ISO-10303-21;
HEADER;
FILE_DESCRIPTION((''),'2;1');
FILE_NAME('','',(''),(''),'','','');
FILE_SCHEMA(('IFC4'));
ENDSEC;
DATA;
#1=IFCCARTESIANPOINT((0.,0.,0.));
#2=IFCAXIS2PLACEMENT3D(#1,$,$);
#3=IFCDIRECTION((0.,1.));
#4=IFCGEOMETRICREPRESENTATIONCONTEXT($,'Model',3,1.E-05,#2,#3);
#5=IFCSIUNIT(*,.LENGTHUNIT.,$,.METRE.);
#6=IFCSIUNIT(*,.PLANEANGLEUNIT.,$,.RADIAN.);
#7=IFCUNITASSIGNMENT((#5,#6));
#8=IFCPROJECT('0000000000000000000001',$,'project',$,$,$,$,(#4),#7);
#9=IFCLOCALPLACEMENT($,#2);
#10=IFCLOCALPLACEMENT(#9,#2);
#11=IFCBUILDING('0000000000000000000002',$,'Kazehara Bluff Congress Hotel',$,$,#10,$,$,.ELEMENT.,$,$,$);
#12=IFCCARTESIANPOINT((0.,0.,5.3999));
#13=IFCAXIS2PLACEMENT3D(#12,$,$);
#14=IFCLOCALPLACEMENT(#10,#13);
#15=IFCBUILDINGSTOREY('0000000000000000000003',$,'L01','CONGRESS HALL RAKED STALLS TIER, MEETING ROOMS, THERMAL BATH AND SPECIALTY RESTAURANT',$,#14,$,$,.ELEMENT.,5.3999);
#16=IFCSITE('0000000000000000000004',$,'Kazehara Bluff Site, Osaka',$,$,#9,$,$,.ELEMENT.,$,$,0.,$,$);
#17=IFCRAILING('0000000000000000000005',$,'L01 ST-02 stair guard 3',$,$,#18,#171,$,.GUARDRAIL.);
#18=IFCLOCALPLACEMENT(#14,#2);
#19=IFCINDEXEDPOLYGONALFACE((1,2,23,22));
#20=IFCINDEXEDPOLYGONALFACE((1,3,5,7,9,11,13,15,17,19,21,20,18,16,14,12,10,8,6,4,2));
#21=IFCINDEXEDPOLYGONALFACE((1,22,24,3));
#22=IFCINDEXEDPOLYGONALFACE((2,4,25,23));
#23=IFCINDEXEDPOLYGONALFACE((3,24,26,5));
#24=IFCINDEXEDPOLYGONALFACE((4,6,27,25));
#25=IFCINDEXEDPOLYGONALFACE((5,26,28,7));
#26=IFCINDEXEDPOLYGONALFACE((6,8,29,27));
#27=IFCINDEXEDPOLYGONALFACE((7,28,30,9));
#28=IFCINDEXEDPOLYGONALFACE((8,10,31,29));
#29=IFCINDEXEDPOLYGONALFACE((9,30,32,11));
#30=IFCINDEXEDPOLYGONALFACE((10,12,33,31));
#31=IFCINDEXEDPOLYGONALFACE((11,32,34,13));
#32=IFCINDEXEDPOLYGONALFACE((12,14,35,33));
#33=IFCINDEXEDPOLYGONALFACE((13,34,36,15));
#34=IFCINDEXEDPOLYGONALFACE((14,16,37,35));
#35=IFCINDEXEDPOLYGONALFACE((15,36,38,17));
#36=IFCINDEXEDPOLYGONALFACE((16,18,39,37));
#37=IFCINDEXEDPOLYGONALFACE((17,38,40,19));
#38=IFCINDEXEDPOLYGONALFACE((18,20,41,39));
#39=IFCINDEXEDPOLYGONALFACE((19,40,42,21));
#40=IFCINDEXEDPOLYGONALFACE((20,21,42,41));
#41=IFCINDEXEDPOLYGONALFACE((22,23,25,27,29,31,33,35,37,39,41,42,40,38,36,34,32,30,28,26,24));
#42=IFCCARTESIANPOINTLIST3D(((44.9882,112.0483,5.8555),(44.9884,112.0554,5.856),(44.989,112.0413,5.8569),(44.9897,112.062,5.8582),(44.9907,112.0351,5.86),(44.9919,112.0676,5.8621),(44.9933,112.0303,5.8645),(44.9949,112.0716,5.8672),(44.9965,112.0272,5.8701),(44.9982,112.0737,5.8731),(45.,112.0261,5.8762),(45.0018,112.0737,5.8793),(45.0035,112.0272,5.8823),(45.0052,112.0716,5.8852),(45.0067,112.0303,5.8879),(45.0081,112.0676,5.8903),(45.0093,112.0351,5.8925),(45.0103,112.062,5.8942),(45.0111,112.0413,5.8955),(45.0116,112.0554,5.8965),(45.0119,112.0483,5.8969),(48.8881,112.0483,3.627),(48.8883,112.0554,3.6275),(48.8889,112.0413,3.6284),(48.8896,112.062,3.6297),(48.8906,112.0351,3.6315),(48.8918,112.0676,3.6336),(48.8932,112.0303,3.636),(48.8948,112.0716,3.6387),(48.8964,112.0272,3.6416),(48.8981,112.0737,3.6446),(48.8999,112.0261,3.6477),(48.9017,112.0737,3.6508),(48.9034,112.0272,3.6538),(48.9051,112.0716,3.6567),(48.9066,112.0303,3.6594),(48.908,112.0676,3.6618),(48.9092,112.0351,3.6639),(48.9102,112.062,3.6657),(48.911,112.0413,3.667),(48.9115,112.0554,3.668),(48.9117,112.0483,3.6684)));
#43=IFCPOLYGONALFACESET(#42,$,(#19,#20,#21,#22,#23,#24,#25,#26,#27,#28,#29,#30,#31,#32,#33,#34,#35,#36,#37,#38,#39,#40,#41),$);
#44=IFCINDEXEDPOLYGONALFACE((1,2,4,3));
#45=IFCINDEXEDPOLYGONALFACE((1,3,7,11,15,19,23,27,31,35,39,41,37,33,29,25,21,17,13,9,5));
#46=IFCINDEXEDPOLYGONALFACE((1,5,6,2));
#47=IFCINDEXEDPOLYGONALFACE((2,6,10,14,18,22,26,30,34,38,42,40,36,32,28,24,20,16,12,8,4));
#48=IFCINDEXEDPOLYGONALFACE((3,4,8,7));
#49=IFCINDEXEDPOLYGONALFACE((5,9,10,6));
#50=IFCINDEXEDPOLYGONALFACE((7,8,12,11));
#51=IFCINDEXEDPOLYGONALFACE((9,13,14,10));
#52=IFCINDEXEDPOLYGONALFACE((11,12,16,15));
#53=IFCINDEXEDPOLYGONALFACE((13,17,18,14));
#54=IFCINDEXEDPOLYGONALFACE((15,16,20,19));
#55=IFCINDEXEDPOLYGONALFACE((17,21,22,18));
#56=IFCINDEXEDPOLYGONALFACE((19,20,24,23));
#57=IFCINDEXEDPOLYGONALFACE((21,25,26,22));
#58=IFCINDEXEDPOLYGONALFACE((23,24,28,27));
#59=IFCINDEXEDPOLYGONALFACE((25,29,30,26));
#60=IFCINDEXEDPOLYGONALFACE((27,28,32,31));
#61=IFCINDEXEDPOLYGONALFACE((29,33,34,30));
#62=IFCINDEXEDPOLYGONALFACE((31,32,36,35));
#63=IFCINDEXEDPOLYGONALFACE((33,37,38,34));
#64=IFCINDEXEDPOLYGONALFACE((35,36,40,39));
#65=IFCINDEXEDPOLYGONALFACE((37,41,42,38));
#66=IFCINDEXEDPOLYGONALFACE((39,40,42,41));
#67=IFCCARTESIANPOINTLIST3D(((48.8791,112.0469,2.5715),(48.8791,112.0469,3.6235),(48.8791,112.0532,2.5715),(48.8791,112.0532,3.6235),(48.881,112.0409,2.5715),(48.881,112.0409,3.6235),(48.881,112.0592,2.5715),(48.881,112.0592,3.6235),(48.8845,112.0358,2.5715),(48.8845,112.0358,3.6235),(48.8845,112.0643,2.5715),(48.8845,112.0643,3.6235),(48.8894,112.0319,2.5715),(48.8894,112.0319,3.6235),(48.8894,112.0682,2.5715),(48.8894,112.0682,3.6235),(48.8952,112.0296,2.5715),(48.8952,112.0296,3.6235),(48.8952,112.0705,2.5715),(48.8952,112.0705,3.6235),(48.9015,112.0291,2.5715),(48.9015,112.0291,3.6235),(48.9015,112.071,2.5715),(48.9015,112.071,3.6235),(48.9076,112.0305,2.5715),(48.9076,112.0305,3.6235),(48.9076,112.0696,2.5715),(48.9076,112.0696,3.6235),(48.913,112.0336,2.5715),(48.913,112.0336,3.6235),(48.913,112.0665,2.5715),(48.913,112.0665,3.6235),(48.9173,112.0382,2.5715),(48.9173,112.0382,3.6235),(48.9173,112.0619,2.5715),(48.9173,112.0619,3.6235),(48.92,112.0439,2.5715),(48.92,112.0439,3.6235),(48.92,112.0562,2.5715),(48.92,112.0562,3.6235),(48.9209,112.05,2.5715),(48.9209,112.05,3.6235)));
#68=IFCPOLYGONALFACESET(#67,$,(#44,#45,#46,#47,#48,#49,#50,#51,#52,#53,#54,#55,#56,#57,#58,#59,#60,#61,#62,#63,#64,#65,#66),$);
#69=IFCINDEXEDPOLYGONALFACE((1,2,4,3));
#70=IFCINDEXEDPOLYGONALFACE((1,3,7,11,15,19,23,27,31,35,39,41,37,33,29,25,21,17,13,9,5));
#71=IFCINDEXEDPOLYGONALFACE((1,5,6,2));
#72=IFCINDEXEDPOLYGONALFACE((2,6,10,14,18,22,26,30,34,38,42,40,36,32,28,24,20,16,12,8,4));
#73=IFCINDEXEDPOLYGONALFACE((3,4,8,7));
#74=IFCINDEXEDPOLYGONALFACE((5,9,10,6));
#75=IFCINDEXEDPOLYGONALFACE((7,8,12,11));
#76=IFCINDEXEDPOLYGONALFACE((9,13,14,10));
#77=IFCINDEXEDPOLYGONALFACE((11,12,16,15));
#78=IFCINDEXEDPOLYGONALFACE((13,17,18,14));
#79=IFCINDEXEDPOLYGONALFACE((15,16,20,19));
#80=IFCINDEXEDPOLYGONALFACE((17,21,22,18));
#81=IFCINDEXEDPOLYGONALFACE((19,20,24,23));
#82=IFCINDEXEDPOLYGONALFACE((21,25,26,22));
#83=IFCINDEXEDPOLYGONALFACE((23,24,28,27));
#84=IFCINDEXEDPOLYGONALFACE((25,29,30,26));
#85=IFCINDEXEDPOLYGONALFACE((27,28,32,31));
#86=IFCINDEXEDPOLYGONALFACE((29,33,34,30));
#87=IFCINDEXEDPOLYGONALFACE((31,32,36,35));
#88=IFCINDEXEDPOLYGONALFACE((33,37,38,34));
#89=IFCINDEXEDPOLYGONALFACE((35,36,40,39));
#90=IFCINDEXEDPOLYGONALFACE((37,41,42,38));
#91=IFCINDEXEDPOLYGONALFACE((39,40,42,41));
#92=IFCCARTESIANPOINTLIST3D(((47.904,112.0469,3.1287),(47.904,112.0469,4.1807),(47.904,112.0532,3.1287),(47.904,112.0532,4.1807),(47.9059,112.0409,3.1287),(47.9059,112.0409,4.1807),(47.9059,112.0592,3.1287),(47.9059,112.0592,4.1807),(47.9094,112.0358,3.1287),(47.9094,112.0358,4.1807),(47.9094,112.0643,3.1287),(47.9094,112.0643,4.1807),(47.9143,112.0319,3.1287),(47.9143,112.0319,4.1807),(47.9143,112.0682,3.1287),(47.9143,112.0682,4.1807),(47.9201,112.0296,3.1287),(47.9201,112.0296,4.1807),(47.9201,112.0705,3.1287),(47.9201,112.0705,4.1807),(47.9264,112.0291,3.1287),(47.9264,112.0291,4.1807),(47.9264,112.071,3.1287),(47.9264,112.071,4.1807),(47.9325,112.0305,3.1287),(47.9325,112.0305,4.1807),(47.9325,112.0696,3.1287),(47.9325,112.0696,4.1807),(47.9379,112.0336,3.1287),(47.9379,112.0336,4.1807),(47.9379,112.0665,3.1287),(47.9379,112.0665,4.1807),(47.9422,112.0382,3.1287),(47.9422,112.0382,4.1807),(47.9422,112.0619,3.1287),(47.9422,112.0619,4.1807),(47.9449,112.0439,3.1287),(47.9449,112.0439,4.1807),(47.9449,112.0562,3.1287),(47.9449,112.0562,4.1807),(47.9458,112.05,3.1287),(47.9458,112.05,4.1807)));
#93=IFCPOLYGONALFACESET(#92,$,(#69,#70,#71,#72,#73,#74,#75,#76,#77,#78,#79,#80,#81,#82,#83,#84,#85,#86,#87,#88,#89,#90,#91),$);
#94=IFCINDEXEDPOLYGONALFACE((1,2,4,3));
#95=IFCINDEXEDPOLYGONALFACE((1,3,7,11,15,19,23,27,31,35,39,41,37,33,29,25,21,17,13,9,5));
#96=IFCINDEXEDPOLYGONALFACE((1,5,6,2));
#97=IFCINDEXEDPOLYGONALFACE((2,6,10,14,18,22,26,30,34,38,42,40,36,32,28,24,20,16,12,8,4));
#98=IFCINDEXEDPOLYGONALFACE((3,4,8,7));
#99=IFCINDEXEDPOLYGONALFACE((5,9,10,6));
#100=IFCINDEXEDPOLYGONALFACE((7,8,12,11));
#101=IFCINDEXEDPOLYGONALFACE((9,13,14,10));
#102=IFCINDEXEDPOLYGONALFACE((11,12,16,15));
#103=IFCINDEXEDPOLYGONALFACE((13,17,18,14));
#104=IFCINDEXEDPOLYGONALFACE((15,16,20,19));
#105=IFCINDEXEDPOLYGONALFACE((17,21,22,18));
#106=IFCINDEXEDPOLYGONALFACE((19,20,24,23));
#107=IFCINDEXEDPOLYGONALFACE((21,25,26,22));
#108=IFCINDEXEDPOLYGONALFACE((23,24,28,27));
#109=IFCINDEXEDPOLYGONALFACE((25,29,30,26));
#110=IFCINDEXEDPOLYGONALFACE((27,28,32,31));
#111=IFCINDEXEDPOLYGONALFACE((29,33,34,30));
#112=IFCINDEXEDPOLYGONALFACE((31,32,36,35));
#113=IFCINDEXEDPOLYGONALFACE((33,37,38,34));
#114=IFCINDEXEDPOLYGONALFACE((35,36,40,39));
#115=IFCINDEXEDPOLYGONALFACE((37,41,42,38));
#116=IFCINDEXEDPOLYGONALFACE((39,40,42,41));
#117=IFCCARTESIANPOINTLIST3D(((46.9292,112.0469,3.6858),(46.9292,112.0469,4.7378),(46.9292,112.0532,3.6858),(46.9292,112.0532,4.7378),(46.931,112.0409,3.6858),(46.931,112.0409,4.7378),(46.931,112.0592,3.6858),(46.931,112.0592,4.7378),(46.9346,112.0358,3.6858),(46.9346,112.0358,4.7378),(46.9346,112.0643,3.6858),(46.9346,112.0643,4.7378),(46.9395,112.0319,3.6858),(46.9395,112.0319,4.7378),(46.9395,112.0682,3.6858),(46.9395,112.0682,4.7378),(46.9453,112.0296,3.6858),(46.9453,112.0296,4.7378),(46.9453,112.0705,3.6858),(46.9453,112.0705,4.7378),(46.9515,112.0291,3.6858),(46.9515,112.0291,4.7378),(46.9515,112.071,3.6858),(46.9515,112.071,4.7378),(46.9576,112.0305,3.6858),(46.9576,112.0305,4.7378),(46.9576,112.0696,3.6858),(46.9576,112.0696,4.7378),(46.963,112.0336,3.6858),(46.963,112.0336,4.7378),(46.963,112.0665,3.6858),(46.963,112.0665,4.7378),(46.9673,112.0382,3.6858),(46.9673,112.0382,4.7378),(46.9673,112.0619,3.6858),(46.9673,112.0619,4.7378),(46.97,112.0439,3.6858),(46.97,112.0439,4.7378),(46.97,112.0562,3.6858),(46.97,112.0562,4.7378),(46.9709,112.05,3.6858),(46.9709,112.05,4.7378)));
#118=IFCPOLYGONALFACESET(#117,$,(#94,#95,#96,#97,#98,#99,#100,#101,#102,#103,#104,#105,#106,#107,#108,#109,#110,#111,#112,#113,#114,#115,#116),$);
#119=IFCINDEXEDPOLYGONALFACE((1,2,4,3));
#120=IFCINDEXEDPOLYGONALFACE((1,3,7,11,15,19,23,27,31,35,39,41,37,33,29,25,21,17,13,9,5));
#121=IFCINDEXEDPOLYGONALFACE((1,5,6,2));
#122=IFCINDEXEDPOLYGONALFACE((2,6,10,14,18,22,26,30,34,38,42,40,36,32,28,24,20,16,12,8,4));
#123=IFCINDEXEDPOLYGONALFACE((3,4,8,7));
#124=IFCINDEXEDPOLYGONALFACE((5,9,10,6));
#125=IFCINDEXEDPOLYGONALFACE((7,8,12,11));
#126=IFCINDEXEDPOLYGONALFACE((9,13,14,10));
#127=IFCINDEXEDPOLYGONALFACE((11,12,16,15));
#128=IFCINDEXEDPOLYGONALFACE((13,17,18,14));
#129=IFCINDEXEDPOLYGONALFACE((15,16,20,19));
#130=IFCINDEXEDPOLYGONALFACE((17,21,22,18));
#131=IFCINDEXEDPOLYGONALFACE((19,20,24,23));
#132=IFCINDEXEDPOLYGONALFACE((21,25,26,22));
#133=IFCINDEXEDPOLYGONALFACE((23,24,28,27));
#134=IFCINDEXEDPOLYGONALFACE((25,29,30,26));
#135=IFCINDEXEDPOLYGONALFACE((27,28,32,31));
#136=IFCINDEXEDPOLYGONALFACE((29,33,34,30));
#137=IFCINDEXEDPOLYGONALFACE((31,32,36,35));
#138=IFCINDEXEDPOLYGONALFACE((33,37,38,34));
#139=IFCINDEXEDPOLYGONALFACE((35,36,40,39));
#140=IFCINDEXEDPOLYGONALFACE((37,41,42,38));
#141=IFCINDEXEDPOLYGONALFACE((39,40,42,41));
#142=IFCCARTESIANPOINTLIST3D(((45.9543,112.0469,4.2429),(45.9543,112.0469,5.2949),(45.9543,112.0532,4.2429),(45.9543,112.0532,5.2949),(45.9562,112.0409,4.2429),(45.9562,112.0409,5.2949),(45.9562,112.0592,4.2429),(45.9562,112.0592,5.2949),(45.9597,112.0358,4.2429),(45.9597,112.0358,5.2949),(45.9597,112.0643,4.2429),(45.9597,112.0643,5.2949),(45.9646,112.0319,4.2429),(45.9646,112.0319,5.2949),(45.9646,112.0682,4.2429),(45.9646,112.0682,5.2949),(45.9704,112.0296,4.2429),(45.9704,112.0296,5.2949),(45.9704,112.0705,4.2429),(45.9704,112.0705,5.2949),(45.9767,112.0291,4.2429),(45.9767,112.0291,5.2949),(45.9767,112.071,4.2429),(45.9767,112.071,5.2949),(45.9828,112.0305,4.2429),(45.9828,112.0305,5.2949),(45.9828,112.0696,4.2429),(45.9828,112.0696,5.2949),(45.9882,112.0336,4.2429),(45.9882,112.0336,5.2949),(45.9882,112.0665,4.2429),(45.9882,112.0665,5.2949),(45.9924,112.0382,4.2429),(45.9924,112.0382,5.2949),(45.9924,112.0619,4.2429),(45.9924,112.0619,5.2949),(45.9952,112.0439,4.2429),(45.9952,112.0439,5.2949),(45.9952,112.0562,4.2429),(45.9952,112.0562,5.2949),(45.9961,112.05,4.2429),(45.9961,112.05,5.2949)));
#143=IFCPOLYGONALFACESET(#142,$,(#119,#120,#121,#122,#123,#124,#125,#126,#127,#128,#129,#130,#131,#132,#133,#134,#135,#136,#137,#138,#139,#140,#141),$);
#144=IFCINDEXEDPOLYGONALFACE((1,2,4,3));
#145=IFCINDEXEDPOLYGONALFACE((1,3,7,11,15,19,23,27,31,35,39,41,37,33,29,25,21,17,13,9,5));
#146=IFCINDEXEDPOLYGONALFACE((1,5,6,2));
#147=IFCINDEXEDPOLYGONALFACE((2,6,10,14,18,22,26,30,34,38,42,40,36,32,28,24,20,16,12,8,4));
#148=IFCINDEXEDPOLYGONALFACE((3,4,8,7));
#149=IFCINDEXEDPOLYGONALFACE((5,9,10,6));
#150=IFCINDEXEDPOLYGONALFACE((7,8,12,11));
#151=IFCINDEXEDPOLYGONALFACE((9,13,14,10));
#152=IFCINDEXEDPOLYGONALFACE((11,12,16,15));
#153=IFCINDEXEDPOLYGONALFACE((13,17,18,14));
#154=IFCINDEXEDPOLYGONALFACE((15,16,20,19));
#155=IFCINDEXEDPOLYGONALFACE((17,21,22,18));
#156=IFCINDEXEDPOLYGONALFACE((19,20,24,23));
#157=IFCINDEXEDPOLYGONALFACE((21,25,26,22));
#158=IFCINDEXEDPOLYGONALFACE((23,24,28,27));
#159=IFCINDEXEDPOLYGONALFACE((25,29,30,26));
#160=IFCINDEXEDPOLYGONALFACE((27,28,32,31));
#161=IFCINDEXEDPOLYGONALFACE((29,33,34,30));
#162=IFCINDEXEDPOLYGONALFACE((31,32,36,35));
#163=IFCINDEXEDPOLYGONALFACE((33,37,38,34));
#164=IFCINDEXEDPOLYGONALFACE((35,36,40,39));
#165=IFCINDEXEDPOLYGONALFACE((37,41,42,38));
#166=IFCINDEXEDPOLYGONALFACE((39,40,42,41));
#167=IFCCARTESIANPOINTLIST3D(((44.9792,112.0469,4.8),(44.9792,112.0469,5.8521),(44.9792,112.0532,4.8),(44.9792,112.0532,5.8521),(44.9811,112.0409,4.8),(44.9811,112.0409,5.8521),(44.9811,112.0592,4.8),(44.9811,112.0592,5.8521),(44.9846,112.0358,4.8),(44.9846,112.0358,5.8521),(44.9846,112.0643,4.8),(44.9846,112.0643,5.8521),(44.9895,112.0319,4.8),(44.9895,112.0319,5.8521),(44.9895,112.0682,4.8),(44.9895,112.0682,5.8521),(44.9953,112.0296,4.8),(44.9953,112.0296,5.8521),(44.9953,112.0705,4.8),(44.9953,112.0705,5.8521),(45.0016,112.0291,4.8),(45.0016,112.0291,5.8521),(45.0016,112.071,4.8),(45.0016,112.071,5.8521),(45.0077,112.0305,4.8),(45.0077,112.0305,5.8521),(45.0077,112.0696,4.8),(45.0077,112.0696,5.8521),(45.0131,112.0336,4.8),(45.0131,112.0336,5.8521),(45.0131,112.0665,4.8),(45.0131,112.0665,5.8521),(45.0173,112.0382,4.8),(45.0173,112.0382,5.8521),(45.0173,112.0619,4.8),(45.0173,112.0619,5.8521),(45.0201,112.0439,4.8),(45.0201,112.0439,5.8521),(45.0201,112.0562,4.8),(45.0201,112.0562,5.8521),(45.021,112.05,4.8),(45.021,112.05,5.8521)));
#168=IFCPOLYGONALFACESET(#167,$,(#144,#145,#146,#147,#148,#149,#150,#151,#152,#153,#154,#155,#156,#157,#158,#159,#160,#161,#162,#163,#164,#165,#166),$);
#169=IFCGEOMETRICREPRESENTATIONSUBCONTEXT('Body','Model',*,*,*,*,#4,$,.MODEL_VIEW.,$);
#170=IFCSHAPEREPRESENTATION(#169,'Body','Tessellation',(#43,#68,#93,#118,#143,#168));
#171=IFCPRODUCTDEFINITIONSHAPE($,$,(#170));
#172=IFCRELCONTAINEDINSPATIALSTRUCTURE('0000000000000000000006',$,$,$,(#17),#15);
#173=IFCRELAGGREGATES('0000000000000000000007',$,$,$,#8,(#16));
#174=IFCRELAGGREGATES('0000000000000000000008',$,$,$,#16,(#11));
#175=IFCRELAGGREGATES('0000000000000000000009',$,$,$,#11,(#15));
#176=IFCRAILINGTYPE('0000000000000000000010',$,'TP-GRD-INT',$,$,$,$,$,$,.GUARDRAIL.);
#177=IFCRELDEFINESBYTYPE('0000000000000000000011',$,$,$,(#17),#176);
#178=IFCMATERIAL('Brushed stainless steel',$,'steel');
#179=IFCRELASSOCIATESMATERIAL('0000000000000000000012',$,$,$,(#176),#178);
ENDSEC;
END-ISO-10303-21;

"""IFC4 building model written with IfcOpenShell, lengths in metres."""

from ifc_helpers import new_model, si_unit, direction, frame, origin, origin_2d, place, context, subcontext, project, spatial, circle, extrude, material, type_object, element, save


model = new_model("IFC4")

# Units and contexts
model_context = context("Model", 3, precision=1e-05, world=origin(), true_north=direction((0.0, 1.0)))
body_context = subcontext(model_context, "Body", "Model", "MODEL_VIEW")
ifc_project = project(units=[si_unit("LENGTHUNIT", "METRE"), si_unit("PLANEANGLEUNIT", "RADIAN")], contexts=[model_context])

# Site, building, storey
site_placement = place(None, origin())
site = spatial("IfcSite", under=ifc_project, at=site_placement, Name="Kazehara Bluff Site, Osaka", CompositionType="ELEMENT", RefElevation=0.0)
building_placement = place(site_placement, origin())
building = spatial("IfcBuilding", under=site, at=building_placement, Name="Kazehara Bluff Congress Hotel", CompositionType="ELEMENT")
storey_placement = place(building_placement, frame((0.0, 0.0, 5.3999)))
storey = spatial("IfcBuildingStorey", under=building, at=storey_placement, Name="L01", Description="CONGRESS HALL RAKED STALLS TIER, MEETING ROOMS, THERMAL BATH AND SPECIALTY RESTAURANT", CompositionType="ELEMENT", Elevation=5.3999)

# Railing
ifc_material_1 = material(Name="Brushed stainless steel", Category="steel")
railing_type_1 = type_object("IfcRailingType", Name="TP-GRD-INT", PredefinedType="GUARDRAIL", material=ifc_material_1)
railing_1_placement = place(storey_placement, frame((48.8999, 112.05, 2.5715)))
element("IfcRailing", 1, at=railing_1_placement, inside=storey, type_object=railing_type_1, Name="L01 ST-02 stair guard 3", PredefinedType="GUARDRAIL", context=body_context, shape_type="SweptSolid", body=[
    extrude(circle(Radius=0.0239, at=origin_2d()), frame((0.0, 0.0, 1.0762), z_axis=(-0.868243, 0.0, 0.496139), x_axis=(0.0, -1.0, 0.0)), (0.0, 0.0, 1.0), 4.4917),
    extrude(circle(Radius=0.021, at=origin_2d()), origin(), (0.0, 0.0, 1.0), 1.052),
    extrude(circle(Radius=0.021, at=origin_2d()), frame((-0.9751, 0.0, 0.5571)), (0.0, 0.0, 1.0), 1.052),
    extrude(circle(Radius=0.021, at=origin_2d()), frame((-1.95, 0.0, 1.1143)), (0.0, 0.0, 1.0), 1.052),
    extrude(circle(Radius=0.021, at=origin_2d()), frame((-2.9248, 0.0, 1.6714)), (0.0, 0.0, 1.0), 1.052),
    extrude(circle(Radius=0.021, at=origin_2d()), frame((-3.8999, 0.0, 2.2285)), (0.0, 0.0, 1.0), 1.052),
])

save(model, "model.ifc")
